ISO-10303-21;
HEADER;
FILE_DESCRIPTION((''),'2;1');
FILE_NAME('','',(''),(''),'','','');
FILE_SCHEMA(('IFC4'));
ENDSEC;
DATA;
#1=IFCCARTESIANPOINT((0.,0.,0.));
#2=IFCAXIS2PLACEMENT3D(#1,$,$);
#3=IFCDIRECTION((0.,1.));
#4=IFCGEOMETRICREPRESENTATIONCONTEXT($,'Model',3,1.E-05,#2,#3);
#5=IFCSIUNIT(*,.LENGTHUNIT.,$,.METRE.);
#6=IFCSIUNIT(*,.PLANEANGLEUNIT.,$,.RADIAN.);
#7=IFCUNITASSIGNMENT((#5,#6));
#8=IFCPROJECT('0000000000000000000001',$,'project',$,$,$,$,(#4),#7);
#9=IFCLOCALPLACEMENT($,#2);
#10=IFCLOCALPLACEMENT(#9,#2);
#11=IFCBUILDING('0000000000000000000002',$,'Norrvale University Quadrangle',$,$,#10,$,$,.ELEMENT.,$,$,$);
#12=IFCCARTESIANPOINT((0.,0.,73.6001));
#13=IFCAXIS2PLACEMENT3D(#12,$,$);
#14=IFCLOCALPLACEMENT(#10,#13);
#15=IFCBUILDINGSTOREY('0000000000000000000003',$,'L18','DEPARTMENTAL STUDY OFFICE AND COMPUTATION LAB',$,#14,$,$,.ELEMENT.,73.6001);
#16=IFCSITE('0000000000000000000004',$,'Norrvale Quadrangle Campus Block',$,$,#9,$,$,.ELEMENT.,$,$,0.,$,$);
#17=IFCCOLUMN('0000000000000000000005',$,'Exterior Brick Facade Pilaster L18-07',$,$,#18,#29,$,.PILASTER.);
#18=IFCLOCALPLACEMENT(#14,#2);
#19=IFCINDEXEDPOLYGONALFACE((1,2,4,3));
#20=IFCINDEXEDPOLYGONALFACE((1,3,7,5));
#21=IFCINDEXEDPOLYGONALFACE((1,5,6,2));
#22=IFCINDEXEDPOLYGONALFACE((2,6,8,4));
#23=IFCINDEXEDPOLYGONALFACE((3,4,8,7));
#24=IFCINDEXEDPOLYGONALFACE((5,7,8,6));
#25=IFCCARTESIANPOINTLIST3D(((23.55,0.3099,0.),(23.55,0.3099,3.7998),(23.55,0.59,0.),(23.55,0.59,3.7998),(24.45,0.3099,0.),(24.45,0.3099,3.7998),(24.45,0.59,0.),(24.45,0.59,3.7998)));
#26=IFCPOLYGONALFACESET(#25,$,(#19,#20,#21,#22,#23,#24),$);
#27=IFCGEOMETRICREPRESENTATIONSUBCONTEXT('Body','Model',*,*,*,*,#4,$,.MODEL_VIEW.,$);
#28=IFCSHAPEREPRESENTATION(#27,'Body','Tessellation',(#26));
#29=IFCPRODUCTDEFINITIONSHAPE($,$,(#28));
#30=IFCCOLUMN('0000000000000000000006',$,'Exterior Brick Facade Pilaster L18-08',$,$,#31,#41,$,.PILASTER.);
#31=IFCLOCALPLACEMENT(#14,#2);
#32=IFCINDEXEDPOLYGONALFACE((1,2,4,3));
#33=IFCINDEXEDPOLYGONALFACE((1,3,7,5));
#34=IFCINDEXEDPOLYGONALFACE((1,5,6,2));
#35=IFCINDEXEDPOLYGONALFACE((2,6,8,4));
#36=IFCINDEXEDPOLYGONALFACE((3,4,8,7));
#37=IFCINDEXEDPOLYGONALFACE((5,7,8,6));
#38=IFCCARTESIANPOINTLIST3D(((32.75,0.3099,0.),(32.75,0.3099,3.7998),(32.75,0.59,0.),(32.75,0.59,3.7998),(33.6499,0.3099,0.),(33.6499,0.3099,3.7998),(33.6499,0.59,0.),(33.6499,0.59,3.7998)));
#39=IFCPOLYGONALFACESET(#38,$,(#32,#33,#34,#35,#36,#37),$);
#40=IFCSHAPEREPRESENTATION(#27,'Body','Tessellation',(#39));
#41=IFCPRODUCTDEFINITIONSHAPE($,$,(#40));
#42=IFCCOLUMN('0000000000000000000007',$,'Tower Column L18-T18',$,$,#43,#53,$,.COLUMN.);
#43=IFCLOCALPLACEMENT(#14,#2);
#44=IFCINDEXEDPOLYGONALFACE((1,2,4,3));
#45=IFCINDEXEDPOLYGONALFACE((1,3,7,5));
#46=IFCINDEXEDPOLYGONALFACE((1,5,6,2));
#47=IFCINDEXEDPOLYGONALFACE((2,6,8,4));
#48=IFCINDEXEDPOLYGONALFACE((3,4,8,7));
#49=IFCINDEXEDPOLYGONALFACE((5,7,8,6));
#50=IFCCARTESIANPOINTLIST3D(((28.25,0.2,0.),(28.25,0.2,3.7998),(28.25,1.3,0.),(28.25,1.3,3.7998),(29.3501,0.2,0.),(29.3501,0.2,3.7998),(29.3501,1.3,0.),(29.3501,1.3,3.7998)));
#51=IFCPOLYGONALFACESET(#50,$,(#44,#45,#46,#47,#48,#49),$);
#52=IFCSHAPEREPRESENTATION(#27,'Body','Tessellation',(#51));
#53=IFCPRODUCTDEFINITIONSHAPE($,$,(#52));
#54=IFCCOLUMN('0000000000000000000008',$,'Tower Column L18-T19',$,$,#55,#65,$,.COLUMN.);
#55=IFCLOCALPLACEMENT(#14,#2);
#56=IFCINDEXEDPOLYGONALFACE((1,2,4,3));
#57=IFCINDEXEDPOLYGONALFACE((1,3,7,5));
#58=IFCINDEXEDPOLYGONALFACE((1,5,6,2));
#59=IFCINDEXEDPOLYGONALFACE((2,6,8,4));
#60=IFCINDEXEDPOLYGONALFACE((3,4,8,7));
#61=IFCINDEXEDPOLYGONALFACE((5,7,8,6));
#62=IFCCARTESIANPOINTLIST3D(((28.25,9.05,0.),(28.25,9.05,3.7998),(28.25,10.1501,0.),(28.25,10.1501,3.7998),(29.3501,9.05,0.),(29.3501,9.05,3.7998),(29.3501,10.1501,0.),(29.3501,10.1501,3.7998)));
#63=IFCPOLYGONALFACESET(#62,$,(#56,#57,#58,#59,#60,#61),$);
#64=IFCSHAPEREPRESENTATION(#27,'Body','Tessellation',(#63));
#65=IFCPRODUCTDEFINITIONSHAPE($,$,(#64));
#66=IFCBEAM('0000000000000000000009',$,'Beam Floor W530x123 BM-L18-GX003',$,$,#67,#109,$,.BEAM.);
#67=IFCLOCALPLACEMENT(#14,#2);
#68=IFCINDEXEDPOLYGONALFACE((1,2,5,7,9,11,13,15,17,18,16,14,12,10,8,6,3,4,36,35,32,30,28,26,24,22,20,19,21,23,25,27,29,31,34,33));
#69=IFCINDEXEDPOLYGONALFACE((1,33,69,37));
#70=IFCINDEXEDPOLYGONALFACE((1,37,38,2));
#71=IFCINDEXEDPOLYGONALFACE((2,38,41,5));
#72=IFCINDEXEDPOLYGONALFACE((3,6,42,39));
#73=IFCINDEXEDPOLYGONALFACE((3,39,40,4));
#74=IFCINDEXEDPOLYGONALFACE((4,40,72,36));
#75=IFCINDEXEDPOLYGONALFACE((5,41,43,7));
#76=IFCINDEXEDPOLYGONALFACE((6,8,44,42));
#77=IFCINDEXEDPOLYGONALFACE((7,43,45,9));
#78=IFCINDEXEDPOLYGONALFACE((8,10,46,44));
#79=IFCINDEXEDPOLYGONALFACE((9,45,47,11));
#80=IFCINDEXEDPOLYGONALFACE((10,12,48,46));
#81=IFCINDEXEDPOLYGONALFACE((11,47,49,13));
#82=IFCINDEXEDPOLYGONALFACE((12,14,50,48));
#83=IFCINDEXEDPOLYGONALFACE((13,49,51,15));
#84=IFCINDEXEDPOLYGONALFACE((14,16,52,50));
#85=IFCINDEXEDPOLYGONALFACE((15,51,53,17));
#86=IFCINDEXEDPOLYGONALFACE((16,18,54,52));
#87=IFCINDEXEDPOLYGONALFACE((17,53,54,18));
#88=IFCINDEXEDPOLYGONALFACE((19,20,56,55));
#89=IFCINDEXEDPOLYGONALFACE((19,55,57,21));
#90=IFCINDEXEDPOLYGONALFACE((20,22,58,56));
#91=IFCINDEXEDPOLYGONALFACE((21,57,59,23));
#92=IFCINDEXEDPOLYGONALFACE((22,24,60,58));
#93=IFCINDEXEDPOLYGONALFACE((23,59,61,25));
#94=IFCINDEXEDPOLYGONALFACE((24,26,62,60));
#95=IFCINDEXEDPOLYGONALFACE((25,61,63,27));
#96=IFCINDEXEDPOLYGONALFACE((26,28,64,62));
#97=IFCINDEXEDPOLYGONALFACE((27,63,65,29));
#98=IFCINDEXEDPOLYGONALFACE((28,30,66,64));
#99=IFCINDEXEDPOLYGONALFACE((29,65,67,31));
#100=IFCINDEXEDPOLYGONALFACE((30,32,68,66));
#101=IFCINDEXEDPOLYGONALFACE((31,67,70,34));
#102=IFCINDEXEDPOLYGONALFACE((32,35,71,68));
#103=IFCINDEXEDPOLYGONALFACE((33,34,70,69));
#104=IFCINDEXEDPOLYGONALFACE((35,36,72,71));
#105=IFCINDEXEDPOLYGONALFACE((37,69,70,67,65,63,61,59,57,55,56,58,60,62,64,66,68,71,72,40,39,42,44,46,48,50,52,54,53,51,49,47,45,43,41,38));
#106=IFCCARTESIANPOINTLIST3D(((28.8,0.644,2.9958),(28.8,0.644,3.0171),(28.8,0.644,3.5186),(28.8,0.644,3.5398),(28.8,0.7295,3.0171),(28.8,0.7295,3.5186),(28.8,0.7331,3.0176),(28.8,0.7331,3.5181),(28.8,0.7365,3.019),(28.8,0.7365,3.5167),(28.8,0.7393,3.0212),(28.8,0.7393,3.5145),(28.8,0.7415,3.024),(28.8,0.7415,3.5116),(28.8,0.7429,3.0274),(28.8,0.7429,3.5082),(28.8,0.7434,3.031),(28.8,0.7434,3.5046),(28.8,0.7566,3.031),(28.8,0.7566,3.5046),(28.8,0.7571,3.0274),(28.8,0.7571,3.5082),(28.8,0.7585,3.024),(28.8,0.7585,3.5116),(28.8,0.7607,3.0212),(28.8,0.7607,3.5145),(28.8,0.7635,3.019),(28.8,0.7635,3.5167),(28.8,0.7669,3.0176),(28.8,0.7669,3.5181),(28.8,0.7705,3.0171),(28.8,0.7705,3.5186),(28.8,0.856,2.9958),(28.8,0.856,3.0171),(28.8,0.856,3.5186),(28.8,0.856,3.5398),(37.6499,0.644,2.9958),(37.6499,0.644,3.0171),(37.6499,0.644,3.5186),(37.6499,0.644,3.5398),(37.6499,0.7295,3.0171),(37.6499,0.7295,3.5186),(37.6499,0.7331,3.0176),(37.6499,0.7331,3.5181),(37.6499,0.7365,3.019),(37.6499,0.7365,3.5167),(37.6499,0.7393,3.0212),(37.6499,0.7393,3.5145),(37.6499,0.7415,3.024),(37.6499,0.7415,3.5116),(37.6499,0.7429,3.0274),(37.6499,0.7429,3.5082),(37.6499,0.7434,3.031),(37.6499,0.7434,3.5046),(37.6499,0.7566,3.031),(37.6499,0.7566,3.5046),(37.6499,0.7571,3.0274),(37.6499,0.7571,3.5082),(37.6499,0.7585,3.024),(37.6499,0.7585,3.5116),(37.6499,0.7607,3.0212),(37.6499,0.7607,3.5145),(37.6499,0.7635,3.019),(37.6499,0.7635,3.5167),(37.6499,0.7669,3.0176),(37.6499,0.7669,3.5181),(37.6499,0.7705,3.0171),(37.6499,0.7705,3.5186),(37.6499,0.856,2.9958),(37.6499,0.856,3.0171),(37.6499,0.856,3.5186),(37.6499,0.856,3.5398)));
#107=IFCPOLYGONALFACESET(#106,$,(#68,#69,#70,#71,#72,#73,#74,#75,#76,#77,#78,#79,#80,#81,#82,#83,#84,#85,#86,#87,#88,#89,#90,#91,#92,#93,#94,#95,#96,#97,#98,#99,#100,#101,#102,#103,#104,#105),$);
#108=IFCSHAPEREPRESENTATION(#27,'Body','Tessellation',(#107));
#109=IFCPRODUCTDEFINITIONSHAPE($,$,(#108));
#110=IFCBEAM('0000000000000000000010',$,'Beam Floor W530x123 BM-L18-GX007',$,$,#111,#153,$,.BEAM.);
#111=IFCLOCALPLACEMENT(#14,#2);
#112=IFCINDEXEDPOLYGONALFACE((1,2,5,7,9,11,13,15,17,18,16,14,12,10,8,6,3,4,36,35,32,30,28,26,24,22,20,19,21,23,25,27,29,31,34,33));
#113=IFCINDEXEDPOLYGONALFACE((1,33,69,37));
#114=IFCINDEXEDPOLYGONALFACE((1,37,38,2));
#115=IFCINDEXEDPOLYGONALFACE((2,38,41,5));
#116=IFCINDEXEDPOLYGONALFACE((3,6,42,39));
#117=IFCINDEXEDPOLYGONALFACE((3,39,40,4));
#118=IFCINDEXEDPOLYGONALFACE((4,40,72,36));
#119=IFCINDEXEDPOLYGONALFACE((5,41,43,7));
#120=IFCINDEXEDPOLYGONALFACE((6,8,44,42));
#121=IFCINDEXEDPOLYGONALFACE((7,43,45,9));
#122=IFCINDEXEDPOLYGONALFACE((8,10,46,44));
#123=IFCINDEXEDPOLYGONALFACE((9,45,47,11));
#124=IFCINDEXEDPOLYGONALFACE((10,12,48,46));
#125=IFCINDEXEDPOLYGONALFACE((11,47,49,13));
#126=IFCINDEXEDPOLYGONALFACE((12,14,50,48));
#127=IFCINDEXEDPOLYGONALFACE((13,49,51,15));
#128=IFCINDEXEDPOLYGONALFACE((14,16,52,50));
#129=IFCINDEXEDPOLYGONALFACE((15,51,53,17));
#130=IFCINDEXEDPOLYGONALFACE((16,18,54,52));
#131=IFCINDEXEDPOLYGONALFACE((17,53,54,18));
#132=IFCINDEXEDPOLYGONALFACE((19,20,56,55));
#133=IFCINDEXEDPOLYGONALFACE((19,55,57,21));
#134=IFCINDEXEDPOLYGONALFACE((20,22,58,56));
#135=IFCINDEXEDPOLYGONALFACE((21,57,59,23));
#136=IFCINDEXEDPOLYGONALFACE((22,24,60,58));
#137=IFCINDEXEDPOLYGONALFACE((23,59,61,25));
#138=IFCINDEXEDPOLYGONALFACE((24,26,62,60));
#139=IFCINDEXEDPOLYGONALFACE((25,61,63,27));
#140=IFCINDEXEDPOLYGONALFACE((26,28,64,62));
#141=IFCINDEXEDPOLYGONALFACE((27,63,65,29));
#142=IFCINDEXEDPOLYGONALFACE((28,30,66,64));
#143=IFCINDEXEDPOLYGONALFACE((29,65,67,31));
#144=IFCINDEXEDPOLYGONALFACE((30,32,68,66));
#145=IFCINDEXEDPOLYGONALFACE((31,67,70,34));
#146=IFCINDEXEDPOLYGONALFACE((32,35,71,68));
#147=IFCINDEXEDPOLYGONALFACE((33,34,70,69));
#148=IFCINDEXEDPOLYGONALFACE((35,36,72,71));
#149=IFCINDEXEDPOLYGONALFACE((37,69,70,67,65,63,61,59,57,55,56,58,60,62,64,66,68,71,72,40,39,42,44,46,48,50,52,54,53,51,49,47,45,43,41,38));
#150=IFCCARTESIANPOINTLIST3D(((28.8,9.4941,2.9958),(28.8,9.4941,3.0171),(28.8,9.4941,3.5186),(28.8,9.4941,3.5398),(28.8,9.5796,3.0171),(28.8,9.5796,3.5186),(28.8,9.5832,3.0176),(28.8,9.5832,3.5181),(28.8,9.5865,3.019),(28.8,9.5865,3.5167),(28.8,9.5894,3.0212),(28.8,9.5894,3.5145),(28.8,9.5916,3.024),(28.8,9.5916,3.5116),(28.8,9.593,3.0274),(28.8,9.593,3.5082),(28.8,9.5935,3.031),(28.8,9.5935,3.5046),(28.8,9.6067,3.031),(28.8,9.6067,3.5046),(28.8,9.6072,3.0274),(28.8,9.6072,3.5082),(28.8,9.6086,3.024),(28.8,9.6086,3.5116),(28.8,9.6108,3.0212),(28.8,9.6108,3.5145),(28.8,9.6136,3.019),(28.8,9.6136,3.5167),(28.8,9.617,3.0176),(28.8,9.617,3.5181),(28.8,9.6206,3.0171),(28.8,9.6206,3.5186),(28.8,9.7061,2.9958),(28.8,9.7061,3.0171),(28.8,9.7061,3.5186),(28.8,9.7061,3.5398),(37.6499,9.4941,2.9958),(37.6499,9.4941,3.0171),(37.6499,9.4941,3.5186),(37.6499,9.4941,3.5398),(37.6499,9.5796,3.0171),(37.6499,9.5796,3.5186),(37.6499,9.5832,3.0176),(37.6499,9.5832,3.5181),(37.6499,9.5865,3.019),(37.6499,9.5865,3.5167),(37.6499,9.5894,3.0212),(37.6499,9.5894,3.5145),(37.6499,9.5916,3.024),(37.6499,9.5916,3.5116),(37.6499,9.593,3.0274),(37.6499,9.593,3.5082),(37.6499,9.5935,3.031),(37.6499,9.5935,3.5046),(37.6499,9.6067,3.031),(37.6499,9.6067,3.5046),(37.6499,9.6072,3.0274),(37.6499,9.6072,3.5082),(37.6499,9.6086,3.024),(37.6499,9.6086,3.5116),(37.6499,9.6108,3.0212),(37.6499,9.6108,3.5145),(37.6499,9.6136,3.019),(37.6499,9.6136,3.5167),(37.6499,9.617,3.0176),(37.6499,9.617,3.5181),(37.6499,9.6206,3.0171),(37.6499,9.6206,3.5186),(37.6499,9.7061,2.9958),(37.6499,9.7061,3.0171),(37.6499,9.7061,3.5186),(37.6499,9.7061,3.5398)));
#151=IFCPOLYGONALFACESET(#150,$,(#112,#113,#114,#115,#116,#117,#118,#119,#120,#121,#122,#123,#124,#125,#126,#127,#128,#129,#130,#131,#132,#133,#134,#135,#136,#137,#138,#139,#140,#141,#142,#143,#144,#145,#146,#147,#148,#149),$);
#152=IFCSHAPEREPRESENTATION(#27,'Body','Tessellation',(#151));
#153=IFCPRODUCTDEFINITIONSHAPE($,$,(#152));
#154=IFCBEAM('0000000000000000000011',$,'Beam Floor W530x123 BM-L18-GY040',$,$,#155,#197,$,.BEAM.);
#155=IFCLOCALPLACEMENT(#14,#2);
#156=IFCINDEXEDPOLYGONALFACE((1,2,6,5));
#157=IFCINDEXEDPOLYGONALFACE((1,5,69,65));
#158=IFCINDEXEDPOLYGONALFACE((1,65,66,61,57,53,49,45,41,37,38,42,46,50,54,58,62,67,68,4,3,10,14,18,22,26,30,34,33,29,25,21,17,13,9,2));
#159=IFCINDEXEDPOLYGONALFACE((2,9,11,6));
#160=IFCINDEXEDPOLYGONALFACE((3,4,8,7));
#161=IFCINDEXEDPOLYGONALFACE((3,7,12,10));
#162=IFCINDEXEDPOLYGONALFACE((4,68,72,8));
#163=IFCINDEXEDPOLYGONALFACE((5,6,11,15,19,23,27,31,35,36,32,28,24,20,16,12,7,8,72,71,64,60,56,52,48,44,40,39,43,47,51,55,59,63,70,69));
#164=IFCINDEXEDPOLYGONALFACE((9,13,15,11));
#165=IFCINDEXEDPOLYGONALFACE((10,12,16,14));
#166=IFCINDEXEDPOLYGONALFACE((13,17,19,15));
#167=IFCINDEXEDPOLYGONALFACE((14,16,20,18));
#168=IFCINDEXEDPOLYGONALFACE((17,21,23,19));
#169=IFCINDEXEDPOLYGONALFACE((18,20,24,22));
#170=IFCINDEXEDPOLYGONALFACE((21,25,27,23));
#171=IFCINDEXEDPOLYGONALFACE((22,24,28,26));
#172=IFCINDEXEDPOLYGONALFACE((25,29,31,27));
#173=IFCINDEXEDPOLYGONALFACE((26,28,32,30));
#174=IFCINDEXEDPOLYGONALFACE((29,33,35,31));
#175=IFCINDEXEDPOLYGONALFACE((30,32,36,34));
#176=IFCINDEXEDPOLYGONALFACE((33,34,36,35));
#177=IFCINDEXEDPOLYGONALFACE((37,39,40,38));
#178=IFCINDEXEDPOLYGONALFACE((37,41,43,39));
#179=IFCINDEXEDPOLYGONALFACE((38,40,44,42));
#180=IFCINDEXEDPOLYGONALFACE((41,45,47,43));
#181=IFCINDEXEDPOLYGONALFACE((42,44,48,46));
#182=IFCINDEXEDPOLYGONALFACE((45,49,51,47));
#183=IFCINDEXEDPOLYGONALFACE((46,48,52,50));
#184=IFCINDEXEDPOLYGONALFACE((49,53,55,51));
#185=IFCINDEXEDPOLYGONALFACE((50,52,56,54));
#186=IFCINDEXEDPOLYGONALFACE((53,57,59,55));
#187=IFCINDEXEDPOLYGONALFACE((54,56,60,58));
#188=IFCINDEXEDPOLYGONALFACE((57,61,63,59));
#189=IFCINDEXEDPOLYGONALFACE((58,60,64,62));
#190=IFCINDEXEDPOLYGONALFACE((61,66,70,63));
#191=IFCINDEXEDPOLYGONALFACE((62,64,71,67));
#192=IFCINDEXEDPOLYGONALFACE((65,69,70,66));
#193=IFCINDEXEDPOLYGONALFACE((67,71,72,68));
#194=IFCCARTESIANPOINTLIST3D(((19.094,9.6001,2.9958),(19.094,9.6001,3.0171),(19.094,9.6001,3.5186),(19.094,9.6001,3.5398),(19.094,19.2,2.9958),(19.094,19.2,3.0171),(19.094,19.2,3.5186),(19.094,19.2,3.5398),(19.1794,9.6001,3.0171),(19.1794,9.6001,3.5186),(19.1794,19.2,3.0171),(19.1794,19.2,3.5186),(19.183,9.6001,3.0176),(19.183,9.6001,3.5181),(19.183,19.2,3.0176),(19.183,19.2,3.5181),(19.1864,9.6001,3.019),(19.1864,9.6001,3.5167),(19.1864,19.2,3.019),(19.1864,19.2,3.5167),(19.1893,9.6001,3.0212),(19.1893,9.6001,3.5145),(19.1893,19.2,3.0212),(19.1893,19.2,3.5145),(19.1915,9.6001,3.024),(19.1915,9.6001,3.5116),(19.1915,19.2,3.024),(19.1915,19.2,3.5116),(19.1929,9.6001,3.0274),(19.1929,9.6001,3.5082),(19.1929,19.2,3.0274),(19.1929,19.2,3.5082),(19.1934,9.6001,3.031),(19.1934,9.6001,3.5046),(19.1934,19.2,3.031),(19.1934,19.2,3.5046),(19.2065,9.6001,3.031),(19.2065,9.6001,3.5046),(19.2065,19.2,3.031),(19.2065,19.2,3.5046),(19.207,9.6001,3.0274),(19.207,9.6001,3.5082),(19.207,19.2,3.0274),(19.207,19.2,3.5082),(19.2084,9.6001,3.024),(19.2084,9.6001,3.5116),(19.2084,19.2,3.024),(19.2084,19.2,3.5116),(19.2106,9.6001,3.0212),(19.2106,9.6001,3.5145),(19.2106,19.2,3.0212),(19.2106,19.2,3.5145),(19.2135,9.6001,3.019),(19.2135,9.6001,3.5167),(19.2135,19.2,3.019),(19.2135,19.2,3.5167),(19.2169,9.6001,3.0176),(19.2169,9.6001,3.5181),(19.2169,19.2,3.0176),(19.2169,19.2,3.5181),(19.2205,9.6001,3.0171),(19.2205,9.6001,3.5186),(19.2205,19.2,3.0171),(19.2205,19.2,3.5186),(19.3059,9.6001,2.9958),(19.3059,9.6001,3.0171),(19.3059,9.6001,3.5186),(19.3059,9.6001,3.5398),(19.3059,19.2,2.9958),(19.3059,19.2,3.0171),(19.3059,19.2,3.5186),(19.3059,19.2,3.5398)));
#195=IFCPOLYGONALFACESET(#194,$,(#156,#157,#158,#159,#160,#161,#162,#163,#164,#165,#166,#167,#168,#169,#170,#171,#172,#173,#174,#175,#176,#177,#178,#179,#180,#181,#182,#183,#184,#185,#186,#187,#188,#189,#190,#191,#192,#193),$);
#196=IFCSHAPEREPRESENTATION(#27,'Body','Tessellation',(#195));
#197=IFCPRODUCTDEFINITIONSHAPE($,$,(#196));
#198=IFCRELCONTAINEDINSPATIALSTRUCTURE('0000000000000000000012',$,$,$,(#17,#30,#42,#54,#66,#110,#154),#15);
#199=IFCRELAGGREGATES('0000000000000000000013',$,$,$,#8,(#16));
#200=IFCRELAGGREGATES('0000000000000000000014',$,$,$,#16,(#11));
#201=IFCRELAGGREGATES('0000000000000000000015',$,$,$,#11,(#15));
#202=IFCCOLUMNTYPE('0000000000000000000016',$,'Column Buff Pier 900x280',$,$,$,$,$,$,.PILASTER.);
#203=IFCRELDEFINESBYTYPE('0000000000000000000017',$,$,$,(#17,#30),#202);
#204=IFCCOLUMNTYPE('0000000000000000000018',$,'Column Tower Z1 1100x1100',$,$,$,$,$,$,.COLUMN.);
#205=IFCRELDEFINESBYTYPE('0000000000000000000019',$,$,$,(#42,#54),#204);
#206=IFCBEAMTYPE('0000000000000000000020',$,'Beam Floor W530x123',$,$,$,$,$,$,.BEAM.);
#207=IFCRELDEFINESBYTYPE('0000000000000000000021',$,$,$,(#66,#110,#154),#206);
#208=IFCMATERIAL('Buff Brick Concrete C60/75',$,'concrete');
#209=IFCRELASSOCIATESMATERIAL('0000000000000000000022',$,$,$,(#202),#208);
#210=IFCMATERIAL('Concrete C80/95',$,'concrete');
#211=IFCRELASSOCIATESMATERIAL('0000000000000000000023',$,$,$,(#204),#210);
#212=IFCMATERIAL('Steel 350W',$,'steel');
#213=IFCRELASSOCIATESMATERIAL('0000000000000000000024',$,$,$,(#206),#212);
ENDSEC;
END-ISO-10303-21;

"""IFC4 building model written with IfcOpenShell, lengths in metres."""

from ifc_helpers import new_model, si_unit, direction, frame, origin, origin_2d, place, context, subcontext, project, spatial, rectangle, i_section, extrude, material, material_profile, profile_set, type_object, element, save


model = new_model("IFC4")

# Units and contexts
model_context = context("Model", 3, precision=1e-05, world=origin(), true_north=direction((0.0, 1.0)))
body_context = subcontext(model_context, "Body", "Model", "MODEL_VIEW")
ifc_project = project(units=[si_unit("LENGTHUNIT", "METRE"), si_unit("PLANEANGLEUNIT", "RADIAN")], contexts=[model_context])

# Site, building, storey
site_placement = place(None, origin())
site = spatial("IfcSite", under=ifc_project, at=site_placement, Name="Norrvale Quadrangle Campus Block", CompositionType="ELEMENT", RefElevation=0.0)
building_placement = place(site_placement, origin())
building = spatial("IfcBuilding", under=site, at=building_placement, Name="Norrvale University Quadrangle", CompositionType="ELEMENT")
storey_placement = place(building_placement, frame((0.0, 0.0, 73.6001)))
storey = spatial("IfcBuildingStorey", under=building, at=storey_placement, Name="L18", Description="DEPARTMENTAL STUDY OFFICE AND COMPUTATION LAB", CompositionType="ELEMENT", Elevation=73.6001)

# Columns
ifc_material_1 = material(Name="Buff Brick Concrete C60/75", Category="concrete")
ifc_material_profile_1 = material_profile(ifc_material_1, rectangle(XDim=0.8999, YDim=0.28, at=origin_2d()), Name="Buff Brick Concrete C60/75")
ifc_profile_set_1 = profile_set([ifc_material_profile_1], Name="Buff Brick Concrete C60/75")
column_type_1 = type_object("IfcColumnType", Name="Column Buff Pier 900x280", PredefinedType="PILASTER", material=ifc_profile_set_1)
for number, where, z_axis, x_axis, name in (
    (1, (24.0, 0.45, 0.0), (0.0, 0.0, 1.0), (1.0, 0.0, 0.0), "Exterior Brick Facade Pilaster L18-07"),
    (2, (33.2, 0.45, 0.0), (0.0, 0.0, 1.0), (1.0, 0.0, 0.0), "Exterior Brick Facade Pilaster L18-08"),
):
    element("IfcColumn", number, at=place(storey_placement, frame(where, z_axis=z_axis, x_axis=x_axis)), inside=storey, type_object=column_type_1, Name=name, PredefinedType="PILASTER", context=body_context, shape_type="SweptSolid", body=[
        extrude(rectangle(XDim=0.8999, YDim=0.28, at=origin_2d()), origin(), (0.0, 0.0, 1.0), 3.7998),
    ])
ifc_material_2 = material(Name="Concrete C80/95", Category="concrete")
ifc_material_profile_2 = material_profile(ifc_material_2, rectangle(XDim=1.1001, YDim=1.1001, at=origin_2d()), Name="Concrete C80/95")
ifc_profile_set_2 = profile_set([ifc_material_profile_2], Name="Concrete C80/95")
column_type_2 = type_object("IfcColumnType", Name="Column Tower Z1 1100x1100", PredefinedType="COLUMN", material=ifc_profile_set_2)
for number, where, z_axis, x_axis, name in (
    (3, (28.8, 0.75, 0.0), (0.0, 0.0, 1.0), (1.0, 0.0, 0.0), "Tower Column L18-T18"),
    (4, (28.8, 9.6001, 0.0), (0.0, 0.0, 1.0), (1.0, 0.0, 0.0), "Tower Column L18-T19"),
):
    element("IfcColumn", number, at=place(storey_placement, frame(where, z_axis=z_axis, x_axis=x_axis)), inside=storey, type_object=column_type_2, Name=name, PredefinedType="COLUMN", context=body_context, shape_type="SweptSolid", body=[
        extrude(rectangle(XDim=1.1001, YDim=1.1001, at=origin_2d()), origin(), (0.0, 0.0, 1.0), 3.7998),
    ])

# Beams
ifc_material_3 = material(Name="Steel 350W", Category="steel")
ifc_material_profile_3 = material_profile(ifc_material_3, i_section(OverallWidth=0.2119, OverallDepth=0.5439, WebThickness=0.0132, FlangeThickness=0.0212, FilletRadius=0.0139, at=origin_2d()), Name="Steel 350W")
ifc_profile_set_3 = profile_set([ifc_material_profile_3], Name="Steel 350W")
beam_type_1 = type_object("IfcBeamType", Name="Beam Floor W530x123", PredefinedType="BEAM", material=ifc_profile_set_3)
for number, where, z_axis, x_axis, name in (
    (5, (28.8, 0.75, 3.2678), (1.0, 0.0, 0.0), (0.0, 1.0, 0.0), "Beam Floor W530x123 BM-L18-GX003"),
    (6, (28.8, 9.6001, 3.2678), (1.0, 0.0, 0.0), (0.0, 1.0, 0.0), "Beam Floor W530x123 BM-L18-GX007"),
):
    element("IfcBeam", number, at=place(storey_placement, frame(where, z_axis=z_axis, x_axis=x_axis)), inside=storey, type_object=beam_type_1, Name=name, PredefinedType="BEAM", context=body_context, shape_type="SweptSolid", body=[
        extrude(i_section(OverallWidth=0.2119, OverallDepth=0.5439, WebThickness=0.0132, FlangeThickness=0.0212, FilletRadius=0.0139, at=origin_2d()), origin(), (0.0, 0.0, 1.0), 8.8499),
    ])
beam_1_placement = place(storey_placement, frame((19.2, 9.6001, 3.2678), z_axis=(0.0, 1.0, 0.0), x_axis=(-1.0, 0.0, 0.0)))
element("IfcBeam", 7, at=beam_1_placement, inside=storey, type_object=beam_type_1, Name="Beam Floor W530x123 BM-L18-GY040", PredefinedType="BEAM", context=body_context, shape_type="SweptSolid", body=[
    extrude(i_section(OverallWidth=0.2119, OverallDepth=0.5439, WebThickness=0.0132, FlangeThickness=0.0212, FilletRadius=0.0139, at=origin_2d()), origin(), (0.0, 0.0, 1.0), 9.5999),
])

save(model, "model.ifc")
